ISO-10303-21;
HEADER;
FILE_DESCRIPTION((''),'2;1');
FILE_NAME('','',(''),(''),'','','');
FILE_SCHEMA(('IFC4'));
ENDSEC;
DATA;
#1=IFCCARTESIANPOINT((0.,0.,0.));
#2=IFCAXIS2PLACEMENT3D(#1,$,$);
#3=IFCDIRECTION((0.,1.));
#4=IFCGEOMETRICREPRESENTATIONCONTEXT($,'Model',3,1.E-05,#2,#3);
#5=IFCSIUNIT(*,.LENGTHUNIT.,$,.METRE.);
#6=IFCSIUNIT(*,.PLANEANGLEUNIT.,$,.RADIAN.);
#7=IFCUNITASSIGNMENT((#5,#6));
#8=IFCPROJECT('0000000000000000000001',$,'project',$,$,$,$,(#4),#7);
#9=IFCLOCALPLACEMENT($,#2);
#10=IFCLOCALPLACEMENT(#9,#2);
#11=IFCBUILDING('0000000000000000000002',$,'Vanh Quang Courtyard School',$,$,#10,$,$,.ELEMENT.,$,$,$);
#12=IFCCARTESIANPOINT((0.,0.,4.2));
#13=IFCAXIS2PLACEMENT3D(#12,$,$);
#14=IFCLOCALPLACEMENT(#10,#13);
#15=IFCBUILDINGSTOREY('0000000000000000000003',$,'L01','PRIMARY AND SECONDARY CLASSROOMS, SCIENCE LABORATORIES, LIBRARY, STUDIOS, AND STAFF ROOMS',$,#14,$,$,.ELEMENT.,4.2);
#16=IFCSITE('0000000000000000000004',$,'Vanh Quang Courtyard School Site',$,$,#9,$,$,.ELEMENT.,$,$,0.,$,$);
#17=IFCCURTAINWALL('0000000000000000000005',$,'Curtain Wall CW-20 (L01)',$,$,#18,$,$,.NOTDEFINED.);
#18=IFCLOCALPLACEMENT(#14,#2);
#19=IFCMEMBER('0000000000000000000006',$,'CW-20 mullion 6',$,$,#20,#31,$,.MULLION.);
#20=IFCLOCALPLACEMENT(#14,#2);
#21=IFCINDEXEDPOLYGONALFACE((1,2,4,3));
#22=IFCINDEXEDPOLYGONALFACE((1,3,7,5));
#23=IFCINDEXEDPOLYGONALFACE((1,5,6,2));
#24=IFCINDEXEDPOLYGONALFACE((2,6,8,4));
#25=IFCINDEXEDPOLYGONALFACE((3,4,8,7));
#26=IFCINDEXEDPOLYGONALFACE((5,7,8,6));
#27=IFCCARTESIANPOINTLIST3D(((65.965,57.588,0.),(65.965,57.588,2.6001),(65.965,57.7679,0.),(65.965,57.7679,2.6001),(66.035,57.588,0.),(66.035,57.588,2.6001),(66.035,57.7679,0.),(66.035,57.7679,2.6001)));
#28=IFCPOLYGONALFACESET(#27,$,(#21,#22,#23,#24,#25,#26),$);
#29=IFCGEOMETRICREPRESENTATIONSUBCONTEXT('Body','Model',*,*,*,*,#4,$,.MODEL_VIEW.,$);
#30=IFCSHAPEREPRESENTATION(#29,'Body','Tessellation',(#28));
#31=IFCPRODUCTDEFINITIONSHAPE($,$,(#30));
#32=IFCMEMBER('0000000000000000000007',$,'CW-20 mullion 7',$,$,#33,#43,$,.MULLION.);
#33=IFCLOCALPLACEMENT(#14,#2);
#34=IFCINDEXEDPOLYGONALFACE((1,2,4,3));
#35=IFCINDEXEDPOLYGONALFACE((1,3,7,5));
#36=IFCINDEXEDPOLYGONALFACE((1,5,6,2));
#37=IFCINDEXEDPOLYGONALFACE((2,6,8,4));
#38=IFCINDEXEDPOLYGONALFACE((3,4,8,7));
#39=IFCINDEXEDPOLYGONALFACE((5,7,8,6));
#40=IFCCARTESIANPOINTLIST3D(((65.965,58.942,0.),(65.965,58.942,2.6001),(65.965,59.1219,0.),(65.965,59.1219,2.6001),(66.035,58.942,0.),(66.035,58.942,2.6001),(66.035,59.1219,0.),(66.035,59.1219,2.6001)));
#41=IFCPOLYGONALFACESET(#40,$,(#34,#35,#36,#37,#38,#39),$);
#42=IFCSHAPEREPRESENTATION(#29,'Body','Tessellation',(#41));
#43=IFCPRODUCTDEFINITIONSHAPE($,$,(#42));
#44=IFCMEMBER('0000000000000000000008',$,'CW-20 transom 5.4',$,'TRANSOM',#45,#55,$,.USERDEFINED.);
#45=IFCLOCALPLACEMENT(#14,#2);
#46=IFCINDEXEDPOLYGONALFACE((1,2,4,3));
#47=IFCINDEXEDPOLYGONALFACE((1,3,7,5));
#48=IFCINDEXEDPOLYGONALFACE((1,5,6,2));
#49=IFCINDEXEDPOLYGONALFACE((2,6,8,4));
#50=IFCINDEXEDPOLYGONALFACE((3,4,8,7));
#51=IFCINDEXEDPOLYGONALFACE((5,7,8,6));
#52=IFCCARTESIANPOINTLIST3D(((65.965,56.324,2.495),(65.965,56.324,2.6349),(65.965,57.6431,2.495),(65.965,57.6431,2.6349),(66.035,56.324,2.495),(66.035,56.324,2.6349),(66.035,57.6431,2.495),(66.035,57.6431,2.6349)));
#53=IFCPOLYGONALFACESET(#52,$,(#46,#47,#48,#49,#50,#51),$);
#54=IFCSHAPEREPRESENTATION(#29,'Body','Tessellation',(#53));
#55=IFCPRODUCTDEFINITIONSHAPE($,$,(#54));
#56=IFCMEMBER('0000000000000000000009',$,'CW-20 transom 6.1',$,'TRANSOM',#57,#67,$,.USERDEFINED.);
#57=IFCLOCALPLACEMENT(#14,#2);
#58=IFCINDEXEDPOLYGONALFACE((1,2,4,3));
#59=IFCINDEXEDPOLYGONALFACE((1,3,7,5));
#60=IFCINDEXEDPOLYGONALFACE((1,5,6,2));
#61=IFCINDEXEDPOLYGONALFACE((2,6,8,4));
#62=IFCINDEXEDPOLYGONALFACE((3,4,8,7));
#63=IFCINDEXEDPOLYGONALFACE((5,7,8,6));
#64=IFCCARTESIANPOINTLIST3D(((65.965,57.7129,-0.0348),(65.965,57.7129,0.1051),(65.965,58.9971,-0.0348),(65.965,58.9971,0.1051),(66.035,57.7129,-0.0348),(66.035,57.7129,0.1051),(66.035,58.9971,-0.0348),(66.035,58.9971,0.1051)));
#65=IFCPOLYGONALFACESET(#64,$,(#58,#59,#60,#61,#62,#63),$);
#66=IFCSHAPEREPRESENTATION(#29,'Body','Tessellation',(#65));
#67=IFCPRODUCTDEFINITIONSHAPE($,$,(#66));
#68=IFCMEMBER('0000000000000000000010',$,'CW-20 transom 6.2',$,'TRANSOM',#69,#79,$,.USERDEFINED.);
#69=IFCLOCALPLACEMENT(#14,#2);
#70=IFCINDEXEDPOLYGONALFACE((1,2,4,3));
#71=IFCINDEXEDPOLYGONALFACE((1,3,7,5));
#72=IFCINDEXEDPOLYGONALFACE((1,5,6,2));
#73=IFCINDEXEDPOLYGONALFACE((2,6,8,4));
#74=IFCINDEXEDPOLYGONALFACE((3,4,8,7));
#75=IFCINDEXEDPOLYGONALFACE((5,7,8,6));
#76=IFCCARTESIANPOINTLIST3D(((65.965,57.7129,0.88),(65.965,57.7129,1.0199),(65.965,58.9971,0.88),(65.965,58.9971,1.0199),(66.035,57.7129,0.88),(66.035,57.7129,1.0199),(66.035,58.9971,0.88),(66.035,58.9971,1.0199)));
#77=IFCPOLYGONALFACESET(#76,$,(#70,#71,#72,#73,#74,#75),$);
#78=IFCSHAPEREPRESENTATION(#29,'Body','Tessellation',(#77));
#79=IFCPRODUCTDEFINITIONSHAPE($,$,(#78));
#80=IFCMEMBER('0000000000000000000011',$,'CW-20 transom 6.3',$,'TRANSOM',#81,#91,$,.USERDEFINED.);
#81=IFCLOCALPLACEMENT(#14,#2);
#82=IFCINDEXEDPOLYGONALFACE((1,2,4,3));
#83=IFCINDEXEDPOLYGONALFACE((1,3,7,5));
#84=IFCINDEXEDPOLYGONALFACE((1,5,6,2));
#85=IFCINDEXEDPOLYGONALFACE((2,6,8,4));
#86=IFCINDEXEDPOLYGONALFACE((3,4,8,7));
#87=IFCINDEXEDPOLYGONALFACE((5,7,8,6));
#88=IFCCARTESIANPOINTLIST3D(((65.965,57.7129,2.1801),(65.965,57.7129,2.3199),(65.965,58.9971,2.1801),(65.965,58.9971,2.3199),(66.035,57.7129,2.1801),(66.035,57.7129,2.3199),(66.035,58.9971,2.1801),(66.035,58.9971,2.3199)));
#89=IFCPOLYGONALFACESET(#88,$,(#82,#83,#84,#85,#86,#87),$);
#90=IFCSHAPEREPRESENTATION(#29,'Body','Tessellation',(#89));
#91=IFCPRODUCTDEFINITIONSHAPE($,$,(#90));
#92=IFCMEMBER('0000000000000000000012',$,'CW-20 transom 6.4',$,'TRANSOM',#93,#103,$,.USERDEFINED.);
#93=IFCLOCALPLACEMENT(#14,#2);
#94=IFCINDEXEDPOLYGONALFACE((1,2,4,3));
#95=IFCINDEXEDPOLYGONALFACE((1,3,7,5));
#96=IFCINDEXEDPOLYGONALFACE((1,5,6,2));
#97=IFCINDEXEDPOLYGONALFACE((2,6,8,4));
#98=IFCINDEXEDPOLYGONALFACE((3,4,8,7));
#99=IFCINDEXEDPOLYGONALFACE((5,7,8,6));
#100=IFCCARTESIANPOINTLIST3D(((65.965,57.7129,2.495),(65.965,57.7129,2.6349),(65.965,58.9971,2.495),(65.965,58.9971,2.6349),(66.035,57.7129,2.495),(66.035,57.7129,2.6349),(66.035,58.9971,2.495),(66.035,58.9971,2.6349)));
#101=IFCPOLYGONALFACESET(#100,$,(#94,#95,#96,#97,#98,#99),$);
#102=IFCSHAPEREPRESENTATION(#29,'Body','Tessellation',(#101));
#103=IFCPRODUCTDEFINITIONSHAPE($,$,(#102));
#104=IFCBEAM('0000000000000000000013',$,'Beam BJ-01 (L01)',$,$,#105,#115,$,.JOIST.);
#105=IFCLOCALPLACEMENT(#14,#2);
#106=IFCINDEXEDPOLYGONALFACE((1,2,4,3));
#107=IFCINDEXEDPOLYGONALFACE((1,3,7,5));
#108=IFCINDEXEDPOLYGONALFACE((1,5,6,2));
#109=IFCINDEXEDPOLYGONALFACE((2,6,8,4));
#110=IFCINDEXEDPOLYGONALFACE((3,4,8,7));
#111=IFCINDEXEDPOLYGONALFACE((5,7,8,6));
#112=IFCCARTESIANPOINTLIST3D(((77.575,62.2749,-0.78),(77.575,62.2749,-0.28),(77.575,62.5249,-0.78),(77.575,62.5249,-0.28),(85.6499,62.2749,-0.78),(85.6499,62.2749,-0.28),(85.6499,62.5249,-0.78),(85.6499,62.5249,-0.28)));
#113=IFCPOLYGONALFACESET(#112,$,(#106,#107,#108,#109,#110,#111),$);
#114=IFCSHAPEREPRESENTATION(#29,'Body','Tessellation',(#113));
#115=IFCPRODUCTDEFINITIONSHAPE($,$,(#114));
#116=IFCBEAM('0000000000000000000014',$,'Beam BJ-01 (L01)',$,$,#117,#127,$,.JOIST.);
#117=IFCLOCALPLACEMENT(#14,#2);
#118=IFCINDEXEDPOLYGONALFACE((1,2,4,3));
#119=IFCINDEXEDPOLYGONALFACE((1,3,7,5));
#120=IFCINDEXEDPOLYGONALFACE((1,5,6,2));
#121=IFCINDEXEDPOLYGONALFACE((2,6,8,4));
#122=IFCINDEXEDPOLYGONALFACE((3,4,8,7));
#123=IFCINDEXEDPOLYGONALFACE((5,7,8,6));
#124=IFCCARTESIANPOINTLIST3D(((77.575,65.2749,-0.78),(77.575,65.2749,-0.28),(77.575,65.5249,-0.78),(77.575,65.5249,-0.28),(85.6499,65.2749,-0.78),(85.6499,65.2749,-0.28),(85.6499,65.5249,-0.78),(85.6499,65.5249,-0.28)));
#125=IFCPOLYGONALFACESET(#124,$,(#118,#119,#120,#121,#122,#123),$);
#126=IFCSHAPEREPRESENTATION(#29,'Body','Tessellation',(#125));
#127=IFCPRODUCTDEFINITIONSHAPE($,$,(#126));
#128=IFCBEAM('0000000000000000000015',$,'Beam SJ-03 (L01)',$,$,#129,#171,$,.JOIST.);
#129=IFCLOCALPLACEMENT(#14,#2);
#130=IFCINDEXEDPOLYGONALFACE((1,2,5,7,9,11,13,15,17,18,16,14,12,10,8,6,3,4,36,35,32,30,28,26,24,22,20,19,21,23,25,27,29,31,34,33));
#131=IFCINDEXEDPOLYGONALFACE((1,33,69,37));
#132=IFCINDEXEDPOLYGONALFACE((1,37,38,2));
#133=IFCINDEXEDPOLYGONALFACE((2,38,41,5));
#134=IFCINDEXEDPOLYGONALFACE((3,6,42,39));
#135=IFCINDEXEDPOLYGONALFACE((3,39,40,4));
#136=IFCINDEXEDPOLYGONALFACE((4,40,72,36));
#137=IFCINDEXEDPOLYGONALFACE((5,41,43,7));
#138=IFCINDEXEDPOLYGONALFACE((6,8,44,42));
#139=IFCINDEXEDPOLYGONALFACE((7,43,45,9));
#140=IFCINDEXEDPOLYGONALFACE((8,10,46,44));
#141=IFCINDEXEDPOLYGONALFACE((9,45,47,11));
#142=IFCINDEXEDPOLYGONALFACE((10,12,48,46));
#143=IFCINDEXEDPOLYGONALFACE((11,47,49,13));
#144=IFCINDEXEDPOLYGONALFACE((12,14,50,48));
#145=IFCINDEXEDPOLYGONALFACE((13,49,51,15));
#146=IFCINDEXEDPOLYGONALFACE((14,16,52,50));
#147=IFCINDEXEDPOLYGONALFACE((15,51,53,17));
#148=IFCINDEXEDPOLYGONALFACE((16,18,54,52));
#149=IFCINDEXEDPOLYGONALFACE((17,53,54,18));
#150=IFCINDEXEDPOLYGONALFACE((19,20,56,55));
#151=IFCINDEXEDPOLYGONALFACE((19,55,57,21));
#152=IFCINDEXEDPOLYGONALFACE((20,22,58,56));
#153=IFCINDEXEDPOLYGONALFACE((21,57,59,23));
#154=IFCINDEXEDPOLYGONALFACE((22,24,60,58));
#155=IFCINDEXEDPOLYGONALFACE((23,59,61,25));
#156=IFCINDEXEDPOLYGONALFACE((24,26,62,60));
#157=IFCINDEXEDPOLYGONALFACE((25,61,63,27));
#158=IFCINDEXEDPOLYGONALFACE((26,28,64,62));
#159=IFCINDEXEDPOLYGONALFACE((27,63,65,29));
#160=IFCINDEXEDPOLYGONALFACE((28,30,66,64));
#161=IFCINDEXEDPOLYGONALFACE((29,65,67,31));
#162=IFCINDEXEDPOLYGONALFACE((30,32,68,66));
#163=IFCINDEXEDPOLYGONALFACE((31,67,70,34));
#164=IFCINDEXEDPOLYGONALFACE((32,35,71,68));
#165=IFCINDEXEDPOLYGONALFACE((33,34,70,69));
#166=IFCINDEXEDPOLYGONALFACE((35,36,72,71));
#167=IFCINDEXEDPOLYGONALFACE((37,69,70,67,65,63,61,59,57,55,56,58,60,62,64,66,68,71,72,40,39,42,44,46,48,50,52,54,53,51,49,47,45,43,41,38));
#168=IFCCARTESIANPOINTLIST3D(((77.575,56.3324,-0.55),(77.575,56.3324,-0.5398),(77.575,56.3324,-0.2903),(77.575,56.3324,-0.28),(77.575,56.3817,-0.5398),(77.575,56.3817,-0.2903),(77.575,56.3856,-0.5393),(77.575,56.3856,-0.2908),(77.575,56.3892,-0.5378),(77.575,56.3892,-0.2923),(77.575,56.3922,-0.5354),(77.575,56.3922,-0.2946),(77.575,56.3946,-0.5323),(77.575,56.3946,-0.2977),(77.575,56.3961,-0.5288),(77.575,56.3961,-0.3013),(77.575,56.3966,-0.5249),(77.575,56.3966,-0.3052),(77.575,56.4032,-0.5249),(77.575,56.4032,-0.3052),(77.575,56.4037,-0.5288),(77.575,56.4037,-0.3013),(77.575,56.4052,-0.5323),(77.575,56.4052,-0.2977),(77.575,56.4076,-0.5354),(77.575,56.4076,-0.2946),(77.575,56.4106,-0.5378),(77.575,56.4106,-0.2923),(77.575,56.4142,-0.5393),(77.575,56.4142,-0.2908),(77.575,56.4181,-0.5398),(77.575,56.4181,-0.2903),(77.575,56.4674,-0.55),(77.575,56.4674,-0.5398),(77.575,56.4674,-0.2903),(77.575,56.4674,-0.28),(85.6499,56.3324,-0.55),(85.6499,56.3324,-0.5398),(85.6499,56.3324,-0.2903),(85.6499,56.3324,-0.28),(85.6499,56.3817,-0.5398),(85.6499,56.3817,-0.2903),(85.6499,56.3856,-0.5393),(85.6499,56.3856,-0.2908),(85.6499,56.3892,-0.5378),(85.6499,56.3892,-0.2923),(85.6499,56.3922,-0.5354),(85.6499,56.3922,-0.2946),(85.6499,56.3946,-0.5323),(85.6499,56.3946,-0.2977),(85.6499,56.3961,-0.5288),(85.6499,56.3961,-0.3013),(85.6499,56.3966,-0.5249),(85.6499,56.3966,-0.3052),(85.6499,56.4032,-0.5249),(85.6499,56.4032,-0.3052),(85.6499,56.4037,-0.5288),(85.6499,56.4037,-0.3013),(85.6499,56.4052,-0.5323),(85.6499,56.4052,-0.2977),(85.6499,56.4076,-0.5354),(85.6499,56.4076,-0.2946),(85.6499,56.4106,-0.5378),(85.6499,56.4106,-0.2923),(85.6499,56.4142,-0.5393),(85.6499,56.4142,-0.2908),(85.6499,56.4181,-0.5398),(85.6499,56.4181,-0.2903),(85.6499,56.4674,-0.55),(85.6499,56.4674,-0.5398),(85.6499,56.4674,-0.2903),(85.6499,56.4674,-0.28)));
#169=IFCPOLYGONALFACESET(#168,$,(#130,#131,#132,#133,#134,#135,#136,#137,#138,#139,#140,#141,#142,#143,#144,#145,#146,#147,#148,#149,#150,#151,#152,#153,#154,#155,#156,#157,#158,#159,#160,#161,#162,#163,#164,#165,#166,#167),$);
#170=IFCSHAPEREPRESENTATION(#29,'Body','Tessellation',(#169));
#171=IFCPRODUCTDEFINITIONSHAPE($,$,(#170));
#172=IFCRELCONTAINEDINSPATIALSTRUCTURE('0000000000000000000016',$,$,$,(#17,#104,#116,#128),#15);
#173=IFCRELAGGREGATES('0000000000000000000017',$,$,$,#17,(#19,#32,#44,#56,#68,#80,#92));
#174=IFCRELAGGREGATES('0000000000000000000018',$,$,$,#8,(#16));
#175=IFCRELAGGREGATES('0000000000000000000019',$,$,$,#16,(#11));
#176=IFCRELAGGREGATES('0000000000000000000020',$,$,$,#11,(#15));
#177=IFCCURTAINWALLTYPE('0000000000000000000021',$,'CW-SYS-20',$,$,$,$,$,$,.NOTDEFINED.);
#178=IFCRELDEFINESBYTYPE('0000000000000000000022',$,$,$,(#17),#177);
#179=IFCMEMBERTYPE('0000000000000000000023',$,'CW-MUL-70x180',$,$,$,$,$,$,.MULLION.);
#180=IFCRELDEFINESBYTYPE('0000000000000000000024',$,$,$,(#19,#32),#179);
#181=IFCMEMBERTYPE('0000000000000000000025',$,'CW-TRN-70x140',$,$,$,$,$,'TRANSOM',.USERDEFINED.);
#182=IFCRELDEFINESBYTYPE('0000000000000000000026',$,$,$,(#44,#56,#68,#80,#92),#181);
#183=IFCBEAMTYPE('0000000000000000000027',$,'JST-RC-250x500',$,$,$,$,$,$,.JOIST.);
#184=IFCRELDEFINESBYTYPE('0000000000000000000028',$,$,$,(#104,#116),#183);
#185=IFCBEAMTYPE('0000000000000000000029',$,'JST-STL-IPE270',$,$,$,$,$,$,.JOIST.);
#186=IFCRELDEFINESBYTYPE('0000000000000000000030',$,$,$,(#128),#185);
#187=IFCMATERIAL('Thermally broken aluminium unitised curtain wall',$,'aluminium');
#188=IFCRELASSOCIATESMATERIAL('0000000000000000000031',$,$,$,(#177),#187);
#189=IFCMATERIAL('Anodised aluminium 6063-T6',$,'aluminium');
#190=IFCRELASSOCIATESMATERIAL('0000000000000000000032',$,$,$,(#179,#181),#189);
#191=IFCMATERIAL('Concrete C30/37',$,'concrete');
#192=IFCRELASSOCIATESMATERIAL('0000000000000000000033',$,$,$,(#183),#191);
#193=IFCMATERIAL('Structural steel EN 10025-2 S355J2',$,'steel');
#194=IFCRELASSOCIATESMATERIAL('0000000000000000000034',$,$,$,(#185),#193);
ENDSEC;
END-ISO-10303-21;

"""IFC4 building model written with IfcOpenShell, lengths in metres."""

from ifc_helpers import new_model, si_unit, direction, frame, origin, origin_2d, place, context, subcontext, project, spatial, rectangle, i_section, extrude, material, material_profile, profile_set, type_object, element, aggregate, save


model = new_model("IFC4")

# Units and contexts
model_context = context("Model", 3, precision=1e-05, world=origin(), true_north=direction((0.0, 1.0)))
body_context = subcontext(model_context, "Body", "Model", "MODEL_VIEW")
ifc_project = project(units=[si_unit("LENGTHUNIT", "METRE"), si_unit("PLANEANGLEUNIT", "RADIAN")], contexts=[model_context])

# Site, building, storey
site_placement = place(None, origin())
site = spatial("IfcSite", under=ifc_project, at=site_placement, Name="Vanh Quang Courtyard School Site", CompositionType="ELEMENT", RefElevation=0.0)
building_placement = place(site_placement, origin())
building = spatial("IfcBuilding", under=site, at=building_placement, Name="Vanh Quang Courtyard School", CompositionType="ELEMENT")
storey_placement = place(building_placement, frame((0.0, 0.0, 4.2)))
storey = spatial("IfcBuildingStorey", under=building, at=storey_placement, Name="L01", Description="PRIMARY AND SECONDARY CLASSROOMS, SCIENCE LABORATORIES, LIBRARY, STUDIOS, AND STAFF ROOMS", CompositionType="ELEMENT", Elevation=4.2)

# Shared definitions
ifc_material_1 = material(Name="Structural steel EN 10025-2 S355J2", Category="steel")

# Curtain wall, members
ifc_material_2 = material(Name="Thermally broken aluminium unitised curtain wall", Category="aluminium")
curtain_wall_type = type_object("IfcCurtainWallType", Name="CW-SYS-20", PredefinedType="NOTDEFINED", material=ifc_material_2)
curtain_wall_placement = place(storey_placement, origin())
curtain_wall = element("IfcCurtainWall", 1, at=curtain_wall_placement, inside=storey, type_object=curtain_wall_type, Name="Curtain Wall CW-20 (L01)", PredefinedType="NOTDEFINED")
ifc_material_3 = material(Name="Anodised aluminium 6063-T6", Category="aluminium")
ifc_material_profile_1 = material_profile(ifc_material_3, rectangle(XDim=0.0701, YDim=0.1799, at=origin_2d()), Name="ALU-MUL 70x180")
ifc_profile_set_1 = profile_set([ifc_material_profile_1], Name="Anodised aluminium 6063-T6")
member_type_1 = type_object("IfcMemberType", Name="CW-MUL-70x180", PredefinedType="MULLION", material=ifc_profile_set_1)
member_1_placement = place(storey_placement, frame((66.0, 57.678, 0.0), z_axis=(0.0, 0.0, 1.0), x_axis=(-1.0, 0.0, 0.0)))
member_1 = element("IfcMember", 2, at=member_1_placement, type_object=member_type_1, Name="CW-20 mullion 6", PredefinedType="MULLION", context=body_context, shape_type="SweptSolid", body=[
    extrude(rectangle(XDim=0.0701, YDim=0.1799, at=origin_2d()), origin(), (0.0, 0.0, 1.0), 2.6001),
])
member_2_placement = place(storey_placement, frame((66.0, 59.032, 0.0), z_axis=(0.0, 0.0, 1.0), x_axis=(-1.0, 0.0, 0.0)))
member_2 = element("IfcMember", 3, at=member_2_placement, type_object=member_type_1, Name="CW-20 mullion 7", PredefinedType="MULLION", context=body_context, shape_type="SweptSolid", body=[
    extrude(rectangle(XDim=0.0701, YDim=0.1799, at=origin_2d()), origin(), (0.0, 0.0, 1.0), 2.6001),
])
ifc_material_profile_2 = material_profile(ifc_material_3, rectangle(XDim=0.0701, YDim=0.1399, at=origin_2d()), Name="ALU-TRN 70x140")
ifc_profile_set_2 = profile_set([ifc_material_profile_2], Name="Anodised aluminium 6063-T6")
member_type_2 = type_object("IfcMemberType", Name="CW-TRN-70x140", ElementType="TRANSOM", PredefinedType="USERDEFINED", material=ifc_profile_set_2)
member_3_placement = place(storey_placement, frame((66.0, 56.324, 2.5649), z_axis=(0.0, 1.0, 0.0), x_axis=(-1.0, 0.0, 0.0)))
member_3 = element("IfcMember", 4, at=member_3_placement, type_object=member_type_2, Name="CW-20 transom 5.4", ObjectType="TRANSOM", PredefinedType="USERDEFINED", context=body_context, shape_type="SweptSolid", body=[
    extrude(rectangle(XDim=0.0701, YDim=0.1399, at=origin_2d()), origin(), (0.0, 0.0, 1.0), 1.3191),
])
member_4_placement = place(storey_placement, frame((66.0, 57.7129, 0.0352), z_axis=(0.0, 1.0, 0.0), x_axis=(-1.0, 0.0, 0.0)))
member_4 = element("IfcMember", 5, at=member_4_placement, type_object=member_type_2, Name="CW-20 transom 6.1", ObjectType="TRANSOM", PredefinedType="USERDEFINED", context=body_context, shape_type="SweptSolid", body=[
    extrude(rectangle(XDim=0.0701, YDim=0.1399, at=origin_2d()), origin(), (0.0, 0.0, 1.0), 1.2842),
])
member_5_placement = place(storey_placement, frame((66.0, 57.7129, 0.95), z_axis=(0.0, 1.0, 0.0), x_axis=(-1.0, 0.0, 0.0)))
member_5 = element("IfcMember", 6, at=member_5_placement, type_object=member_type_2, Name="CW-20 transom 6.2", ObjectType="TRANSOM", PredefinedType="USERDEFINED", context=body_context, shape_type="SweptSolid", body=[
    extrude(rectangle(XDim=0.0701, YDim=0.1399, at=origin_2d()), origin(), (0.0, 0.0, 1.0), 1.2842),
])
member_6_placement = place(storey_placement, frame((66.0, 57.7129, 2.25), z_axis=(0.0, 1.0, 0.0), x_axis=(-1.0, 0.0, 0.0)))
member_6 = element("IfcMember", 7, at=member_6_placement, type_object=member_type_2, Name="CW-20 transom 6.3", ObjectType="TRANSOM", PredefinedType="USERDEFINED", context=body_context, shape_type="SweptSolid", body=[
    extrude(rectangle(XDim=0.0701, YDim=0.1399, at=origin_2d()), origin(), (0.0, 0.0, 1.0), 1.2842),
])
member_7_placement = place(storey_placement, frame((66.0, 57.7129, 2.5649), z_axis=(0.0, 1.0, 0.0), x_axis=(-1.0, 0.0, 0.0)))
member_7 = element("IfcMember", 8, at=member_7_placement, type_object=member_type_2, Name="CW-20 transom 6.4", ObjectType="TRANSOM", PredefinedType="USERDEFINED", context=body_context, shape_type="SweptSolid", body=[
    extrude(rectangle(XDim=0.0701, YDim=0.1399, at=origin_2d()), origin(), (0.0, 0.0, 1.0), 1.2842),
])

# Beams
ifc_material_4 = material(Name="Concrete C30/37", Category="concrete")
ifc_material_profile_3 = material_profile(ifc_material_4, rectangle(XDim=0.25, YDim=0.5, at=origin_2d()), Name="RC-JST 250x500")
ifc_profile_set_3 = profile_set([ifc_material_profile_3], Name="Concrete C30/37")
beam_type_1 = type_object("IfcBeamType", Name="JST-RC-250x500", PredefinedType="JOIST", material=ifc_profile_set_3)
for number, where, z_axis, x_axis, name in (
    (9, (77.575, 62.3999, -0.53), (1.0, 0.0, 0.0), (0.0, 1.0, 0.0), "Beam BJ-01 (L01)"),
    (10, (77.575, 65.3999, -0.53), (1.0, 0.0, 0.0), (0.0, 1.0, 0.0), "Beam BJ-01 (L01)"),
):
    element("IfcBeam", number, at=place(storey_placement, frame(where, z_axis=z_axis, x_axis=x_axis)), inside=storey, type_object=beam_type_1, Name=name, PredefinedType="JOIST", context=body_context, shape_type="SweptSolid", body=[
        extrude(rectangle(XDim=0.25, YDim=0.5, at=origin_2d()), origin(), (0.0, 0.0, 1.0), 8.075),
    ])
ifc_material_profile_4 = material_profile(ifc_material_1, i_section(OverallWidth=0.135, OverallDepth=0.27, WebThickness=0.0066, FlangeThickness=0.0103, FilletRadius=0.0149, at=origin_2d()), Name="IPE 270")
ifc_profile_set_4 = profile_set([ifc_material_profile_4], Name="Structural steel EN 10025-2 S355J2")
beam_type_2 = type_object("IfcBeamType", Name="JST-STL-IPE270", PredefinedType="JOIST", material=ifc_profile_set_4)
beam_1_placement = place(storey_placement, frame((77.575, 56.3999, -0.415), z_axis=(1.0, 0.0, 0.0), x_axis=(0.0, 1.0, 0.0)))
element("IfcBeam", 11, at=beam_1_placement, inside=storey, type_object=beam_type_2, Name="Beam SJ-03 (L01)", PredefinedType="JOIST", context=body_context, shape_type="SweptSolid", body=[
    extrude(i_section(OverallWidth=0.135, OverallDepth=0.27, WebThickness=0.0066, FlangeThickness=0.0103, FilletRadius=0.0149, at=origin_2d()), origin(), (0.0, 0.0, 1.0), 8.075),
])

aggregate(curtain_wall, [member_1, member_2, member_3, member_4, member_5, member_6, member_7])

save(model, "model.ifc")
